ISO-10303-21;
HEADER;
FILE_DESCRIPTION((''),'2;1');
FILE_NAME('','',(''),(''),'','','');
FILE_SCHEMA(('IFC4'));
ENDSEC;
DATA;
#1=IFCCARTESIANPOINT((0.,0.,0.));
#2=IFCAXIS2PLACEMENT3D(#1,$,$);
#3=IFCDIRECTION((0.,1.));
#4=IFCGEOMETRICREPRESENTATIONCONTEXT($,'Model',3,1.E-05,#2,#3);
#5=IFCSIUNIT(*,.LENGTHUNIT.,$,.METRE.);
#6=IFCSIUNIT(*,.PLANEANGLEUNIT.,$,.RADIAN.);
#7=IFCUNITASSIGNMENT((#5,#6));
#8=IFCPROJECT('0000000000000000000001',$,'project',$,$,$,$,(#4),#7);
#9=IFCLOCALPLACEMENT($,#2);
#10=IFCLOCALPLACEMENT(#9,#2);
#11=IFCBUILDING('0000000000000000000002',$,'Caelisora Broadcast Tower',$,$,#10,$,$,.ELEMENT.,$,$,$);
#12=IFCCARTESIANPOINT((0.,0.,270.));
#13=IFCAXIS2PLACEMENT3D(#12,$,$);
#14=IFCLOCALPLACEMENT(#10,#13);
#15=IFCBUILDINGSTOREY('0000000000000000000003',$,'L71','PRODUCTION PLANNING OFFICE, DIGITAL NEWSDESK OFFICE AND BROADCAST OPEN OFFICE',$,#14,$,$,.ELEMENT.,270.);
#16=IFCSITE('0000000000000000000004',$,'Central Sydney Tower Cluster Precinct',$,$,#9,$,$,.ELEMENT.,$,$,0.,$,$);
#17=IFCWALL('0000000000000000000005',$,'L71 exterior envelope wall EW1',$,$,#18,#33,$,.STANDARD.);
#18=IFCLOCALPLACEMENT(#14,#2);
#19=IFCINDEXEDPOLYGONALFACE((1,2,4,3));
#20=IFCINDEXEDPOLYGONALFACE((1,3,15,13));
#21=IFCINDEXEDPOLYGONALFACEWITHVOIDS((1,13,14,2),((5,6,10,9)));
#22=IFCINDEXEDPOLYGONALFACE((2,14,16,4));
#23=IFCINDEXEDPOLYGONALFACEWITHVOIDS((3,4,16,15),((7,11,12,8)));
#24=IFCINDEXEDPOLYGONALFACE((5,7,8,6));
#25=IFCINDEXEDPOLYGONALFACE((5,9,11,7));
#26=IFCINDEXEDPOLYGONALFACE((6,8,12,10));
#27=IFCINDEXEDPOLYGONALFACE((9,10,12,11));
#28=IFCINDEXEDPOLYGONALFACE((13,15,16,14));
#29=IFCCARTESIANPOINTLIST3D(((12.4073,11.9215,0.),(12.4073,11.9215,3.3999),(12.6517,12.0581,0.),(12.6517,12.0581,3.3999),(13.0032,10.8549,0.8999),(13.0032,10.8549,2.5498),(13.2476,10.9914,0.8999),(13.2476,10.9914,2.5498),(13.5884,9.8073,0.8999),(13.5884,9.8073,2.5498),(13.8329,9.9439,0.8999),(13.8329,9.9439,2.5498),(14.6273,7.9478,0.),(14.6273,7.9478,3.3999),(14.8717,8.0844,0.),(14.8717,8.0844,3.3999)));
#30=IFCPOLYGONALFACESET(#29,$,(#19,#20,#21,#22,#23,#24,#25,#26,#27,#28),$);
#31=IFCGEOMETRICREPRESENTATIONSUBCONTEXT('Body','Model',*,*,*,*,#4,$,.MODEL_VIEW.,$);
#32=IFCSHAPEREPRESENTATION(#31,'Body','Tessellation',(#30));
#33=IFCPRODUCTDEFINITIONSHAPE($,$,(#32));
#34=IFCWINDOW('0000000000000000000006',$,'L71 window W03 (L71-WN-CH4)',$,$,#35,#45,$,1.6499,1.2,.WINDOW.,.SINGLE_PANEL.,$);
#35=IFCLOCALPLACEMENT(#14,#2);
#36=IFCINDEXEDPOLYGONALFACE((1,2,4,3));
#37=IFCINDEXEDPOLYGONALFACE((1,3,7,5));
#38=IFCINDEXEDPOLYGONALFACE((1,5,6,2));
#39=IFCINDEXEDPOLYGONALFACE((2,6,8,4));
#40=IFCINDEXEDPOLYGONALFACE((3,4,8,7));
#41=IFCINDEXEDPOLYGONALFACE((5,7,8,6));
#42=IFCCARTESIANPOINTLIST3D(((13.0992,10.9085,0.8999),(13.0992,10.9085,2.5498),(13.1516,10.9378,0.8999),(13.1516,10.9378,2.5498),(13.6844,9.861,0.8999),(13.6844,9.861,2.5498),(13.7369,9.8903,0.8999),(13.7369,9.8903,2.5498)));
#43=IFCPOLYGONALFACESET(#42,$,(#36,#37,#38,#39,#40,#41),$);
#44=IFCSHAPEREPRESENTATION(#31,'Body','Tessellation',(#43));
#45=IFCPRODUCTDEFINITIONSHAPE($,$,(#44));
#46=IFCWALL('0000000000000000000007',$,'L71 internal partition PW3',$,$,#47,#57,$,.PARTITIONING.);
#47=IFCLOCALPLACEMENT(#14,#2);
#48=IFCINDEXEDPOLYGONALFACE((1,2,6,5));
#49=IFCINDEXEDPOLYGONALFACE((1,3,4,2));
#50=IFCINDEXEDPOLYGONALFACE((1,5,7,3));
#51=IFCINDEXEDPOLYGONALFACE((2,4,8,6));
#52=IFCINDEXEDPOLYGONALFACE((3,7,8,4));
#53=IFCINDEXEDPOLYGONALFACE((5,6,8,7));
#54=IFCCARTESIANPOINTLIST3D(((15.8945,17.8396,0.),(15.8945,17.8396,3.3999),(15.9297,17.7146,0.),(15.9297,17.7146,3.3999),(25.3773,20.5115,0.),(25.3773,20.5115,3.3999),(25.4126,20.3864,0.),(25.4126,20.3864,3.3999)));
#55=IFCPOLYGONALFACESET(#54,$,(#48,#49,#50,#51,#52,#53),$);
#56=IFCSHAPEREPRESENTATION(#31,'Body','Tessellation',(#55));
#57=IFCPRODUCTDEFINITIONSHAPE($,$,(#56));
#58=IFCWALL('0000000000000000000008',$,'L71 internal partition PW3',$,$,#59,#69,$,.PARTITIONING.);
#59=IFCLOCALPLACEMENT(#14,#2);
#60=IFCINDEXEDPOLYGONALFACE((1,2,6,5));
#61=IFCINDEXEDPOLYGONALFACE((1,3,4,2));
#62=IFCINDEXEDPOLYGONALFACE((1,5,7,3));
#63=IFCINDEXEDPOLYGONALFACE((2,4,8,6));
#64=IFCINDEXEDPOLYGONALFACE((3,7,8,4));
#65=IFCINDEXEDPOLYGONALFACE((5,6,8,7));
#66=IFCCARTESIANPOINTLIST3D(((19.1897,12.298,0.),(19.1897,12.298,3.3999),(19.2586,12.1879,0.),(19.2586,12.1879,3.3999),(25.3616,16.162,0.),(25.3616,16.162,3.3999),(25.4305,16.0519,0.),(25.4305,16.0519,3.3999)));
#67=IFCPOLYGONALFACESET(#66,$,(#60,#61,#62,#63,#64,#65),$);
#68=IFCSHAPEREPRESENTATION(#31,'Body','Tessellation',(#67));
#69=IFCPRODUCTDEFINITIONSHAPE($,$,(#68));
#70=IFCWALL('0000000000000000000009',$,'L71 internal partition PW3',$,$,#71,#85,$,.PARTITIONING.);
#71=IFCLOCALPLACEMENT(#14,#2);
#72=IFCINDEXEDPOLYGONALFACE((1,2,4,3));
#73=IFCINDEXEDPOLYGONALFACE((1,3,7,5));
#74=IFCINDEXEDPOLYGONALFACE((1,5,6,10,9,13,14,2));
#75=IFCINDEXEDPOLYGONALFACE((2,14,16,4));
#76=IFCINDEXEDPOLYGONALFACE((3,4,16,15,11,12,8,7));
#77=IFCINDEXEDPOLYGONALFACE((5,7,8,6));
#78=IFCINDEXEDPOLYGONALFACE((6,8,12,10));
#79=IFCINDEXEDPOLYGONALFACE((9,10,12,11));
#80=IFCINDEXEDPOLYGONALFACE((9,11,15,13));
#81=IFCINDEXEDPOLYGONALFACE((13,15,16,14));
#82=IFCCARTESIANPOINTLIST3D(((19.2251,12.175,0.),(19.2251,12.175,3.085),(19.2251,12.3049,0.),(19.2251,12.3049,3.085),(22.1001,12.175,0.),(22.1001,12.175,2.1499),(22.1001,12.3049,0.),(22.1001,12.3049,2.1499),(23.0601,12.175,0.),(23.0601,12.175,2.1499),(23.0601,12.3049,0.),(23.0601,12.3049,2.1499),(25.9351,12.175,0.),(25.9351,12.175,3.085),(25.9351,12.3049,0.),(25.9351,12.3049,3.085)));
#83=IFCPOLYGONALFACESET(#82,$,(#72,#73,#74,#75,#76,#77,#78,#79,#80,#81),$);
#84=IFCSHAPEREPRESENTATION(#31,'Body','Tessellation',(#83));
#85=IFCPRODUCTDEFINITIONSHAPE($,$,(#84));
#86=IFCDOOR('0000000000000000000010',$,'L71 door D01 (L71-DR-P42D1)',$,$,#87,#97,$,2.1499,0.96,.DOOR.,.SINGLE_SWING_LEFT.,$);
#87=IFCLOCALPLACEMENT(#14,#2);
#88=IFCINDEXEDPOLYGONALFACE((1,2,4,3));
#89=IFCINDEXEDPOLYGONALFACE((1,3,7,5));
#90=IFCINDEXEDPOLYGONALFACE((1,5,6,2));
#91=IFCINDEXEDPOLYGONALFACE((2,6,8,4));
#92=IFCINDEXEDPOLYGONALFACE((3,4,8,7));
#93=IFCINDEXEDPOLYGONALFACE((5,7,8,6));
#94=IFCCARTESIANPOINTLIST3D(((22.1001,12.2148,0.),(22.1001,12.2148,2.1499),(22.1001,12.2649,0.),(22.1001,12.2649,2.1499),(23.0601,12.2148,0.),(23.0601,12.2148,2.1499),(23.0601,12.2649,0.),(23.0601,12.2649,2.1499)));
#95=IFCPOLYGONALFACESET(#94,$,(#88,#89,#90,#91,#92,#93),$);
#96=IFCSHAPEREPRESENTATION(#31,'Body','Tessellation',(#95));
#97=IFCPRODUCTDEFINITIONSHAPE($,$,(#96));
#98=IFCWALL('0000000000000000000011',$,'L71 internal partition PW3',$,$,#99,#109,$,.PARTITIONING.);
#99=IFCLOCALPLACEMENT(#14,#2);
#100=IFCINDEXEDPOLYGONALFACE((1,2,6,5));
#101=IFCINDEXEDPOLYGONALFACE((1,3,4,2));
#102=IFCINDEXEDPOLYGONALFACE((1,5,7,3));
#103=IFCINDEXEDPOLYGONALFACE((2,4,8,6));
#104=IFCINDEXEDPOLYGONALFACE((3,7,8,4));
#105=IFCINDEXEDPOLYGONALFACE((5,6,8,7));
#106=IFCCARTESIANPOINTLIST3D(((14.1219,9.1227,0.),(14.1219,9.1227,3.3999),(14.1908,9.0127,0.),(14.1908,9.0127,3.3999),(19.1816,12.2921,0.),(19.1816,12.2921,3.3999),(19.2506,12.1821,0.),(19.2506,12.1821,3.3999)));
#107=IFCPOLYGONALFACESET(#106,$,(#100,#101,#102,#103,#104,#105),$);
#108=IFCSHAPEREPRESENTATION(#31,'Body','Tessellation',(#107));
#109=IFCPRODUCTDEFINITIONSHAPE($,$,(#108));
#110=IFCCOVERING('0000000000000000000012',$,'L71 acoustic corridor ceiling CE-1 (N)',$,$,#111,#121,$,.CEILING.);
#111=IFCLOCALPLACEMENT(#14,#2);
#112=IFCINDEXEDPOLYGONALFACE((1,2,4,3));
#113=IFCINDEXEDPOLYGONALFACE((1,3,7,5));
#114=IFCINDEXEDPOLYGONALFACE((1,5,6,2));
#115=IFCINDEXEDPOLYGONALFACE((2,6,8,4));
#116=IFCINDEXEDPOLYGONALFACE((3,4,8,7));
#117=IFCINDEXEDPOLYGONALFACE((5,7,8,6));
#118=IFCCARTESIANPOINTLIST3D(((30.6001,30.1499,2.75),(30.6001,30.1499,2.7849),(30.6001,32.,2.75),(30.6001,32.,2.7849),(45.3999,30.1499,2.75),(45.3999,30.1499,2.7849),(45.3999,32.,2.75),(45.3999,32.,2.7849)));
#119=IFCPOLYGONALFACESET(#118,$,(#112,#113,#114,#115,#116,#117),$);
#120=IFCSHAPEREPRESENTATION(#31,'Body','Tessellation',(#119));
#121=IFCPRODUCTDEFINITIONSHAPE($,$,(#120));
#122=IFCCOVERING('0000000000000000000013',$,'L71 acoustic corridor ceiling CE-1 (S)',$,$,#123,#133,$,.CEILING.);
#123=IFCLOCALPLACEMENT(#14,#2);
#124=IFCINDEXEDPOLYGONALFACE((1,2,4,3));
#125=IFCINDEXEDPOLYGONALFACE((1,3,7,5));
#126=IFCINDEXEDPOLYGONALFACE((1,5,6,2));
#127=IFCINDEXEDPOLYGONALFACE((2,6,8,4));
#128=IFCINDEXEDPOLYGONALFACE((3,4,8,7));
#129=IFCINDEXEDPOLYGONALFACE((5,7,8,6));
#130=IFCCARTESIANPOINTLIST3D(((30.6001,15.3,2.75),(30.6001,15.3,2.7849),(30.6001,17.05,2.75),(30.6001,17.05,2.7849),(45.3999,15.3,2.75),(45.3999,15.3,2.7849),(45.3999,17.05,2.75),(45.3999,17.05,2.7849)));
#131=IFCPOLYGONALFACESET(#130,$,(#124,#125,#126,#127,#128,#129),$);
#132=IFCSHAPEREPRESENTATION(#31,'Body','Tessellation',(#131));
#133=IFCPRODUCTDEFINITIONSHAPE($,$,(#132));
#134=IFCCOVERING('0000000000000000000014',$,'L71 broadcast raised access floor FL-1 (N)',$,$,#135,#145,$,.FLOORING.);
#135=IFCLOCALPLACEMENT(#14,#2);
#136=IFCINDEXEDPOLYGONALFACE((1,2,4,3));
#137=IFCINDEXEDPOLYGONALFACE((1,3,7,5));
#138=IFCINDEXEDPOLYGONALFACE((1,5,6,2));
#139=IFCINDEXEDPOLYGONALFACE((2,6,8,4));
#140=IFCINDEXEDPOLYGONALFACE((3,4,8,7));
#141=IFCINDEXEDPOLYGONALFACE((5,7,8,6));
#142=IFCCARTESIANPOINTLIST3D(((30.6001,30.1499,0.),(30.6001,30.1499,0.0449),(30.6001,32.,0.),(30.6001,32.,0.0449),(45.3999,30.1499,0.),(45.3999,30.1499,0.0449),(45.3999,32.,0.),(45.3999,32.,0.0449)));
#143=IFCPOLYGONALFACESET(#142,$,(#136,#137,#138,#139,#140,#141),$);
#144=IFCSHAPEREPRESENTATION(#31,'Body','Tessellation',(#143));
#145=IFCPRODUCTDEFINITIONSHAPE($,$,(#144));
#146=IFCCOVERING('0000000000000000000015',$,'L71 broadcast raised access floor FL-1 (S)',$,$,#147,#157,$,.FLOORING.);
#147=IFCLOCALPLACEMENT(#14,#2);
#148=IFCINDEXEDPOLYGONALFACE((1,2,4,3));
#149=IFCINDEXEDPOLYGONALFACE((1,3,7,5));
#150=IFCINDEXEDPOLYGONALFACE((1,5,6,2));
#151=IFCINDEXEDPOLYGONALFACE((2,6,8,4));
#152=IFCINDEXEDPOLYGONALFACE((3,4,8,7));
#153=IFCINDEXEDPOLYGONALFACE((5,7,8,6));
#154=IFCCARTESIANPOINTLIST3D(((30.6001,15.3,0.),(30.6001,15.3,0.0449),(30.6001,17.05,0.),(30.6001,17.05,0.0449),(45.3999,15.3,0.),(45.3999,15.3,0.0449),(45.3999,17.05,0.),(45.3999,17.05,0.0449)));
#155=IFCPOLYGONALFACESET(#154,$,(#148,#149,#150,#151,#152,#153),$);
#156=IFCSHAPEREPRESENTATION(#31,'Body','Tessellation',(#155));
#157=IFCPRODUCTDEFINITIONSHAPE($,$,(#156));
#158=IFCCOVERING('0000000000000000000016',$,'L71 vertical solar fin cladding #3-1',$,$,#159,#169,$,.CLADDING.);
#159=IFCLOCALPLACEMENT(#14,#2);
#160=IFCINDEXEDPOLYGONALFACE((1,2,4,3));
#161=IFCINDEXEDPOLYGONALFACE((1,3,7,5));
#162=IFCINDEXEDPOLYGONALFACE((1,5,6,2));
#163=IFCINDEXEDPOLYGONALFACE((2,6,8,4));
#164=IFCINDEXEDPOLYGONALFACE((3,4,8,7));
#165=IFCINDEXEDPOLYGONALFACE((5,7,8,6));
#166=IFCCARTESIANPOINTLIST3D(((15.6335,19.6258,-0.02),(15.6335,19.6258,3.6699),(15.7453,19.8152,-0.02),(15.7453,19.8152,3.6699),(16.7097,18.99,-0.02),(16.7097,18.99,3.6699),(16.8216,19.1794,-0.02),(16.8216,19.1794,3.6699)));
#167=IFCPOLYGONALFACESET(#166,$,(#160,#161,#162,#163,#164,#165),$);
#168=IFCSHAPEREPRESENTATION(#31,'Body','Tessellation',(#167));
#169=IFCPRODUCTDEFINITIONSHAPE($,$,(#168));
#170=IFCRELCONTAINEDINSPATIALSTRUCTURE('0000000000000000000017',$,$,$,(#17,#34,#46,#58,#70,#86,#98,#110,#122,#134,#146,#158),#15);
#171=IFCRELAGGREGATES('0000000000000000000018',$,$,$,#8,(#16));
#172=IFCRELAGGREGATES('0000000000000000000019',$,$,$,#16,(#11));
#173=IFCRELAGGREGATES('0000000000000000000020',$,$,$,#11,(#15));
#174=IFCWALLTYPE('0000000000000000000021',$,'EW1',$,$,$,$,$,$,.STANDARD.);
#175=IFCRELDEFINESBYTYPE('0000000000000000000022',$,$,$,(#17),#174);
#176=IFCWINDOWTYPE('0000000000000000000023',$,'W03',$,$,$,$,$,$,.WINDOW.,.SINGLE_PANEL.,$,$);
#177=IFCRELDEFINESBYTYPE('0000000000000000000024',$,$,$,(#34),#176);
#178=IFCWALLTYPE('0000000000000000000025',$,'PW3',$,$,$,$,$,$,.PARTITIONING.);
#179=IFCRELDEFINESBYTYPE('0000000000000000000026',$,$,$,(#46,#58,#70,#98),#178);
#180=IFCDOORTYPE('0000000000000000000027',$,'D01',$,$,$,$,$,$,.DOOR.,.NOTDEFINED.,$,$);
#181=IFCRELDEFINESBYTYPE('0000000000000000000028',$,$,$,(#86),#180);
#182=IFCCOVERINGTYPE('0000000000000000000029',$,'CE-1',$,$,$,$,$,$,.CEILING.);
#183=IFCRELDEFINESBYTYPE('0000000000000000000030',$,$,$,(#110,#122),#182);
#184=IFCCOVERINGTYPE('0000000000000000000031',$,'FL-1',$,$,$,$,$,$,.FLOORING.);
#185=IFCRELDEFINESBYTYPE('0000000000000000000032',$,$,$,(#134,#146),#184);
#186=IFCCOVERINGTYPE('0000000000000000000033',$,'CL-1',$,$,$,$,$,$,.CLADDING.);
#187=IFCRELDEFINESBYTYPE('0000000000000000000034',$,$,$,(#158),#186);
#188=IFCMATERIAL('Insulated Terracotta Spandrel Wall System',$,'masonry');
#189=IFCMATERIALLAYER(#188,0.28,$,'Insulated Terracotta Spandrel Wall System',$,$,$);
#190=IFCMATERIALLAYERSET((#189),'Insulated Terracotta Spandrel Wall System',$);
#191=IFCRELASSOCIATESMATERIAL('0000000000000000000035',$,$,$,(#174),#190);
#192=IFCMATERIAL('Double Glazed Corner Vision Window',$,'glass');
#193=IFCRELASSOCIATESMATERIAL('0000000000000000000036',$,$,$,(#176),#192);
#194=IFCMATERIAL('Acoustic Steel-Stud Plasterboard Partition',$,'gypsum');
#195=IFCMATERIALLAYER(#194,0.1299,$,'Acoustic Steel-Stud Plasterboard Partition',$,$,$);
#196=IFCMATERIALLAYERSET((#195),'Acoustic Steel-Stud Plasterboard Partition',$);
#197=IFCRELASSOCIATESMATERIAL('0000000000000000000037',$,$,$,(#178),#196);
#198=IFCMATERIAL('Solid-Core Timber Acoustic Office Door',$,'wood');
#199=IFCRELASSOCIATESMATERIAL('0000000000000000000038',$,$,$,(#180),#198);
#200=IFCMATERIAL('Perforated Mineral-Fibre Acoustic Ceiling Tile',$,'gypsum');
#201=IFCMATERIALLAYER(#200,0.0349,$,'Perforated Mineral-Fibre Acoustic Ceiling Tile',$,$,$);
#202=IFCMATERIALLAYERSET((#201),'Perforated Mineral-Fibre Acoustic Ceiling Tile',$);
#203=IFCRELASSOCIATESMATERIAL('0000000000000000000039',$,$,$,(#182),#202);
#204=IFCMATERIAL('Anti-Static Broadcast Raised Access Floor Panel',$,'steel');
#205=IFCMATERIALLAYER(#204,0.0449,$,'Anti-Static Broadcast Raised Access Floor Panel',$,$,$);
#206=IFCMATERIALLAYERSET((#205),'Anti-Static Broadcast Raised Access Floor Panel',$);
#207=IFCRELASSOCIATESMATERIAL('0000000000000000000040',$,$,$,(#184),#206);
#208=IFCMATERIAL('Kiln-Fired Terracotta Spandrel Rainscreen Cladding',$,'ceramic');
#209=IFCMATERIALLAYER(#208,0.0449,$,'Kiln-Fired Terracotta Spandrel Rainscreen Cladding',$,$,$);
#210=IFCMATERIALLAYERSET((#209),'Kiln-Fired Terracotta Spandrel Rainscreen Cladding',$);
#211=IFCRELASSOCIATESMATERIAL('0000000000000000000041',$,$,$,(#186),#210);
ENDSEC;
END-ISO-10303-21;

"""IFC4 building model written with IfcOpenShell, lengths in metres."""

from ifc_helpers import new_model, si_unit, direction, frame, frame_2d, origin, origin_2d, place, context, subcontext, project, spatial, polyline, rectangle, outline, extrude, source, transform, mapped, material, layer, layer_set, type_object, type_shapes, element, fill, save


model = new_model("IFC4")

# Units and contexts
model_context = context("Model", 3, precision=1e-05, world=origin(), true_north=direction((0.0, 1.0)))
body_context = subcontext(model_context, "Body", "Model", "MODEL_VIEW")
ifc_project = project(units=[si_unit("LENGTHUNIT", "METRE"), si_unit("PLANEANGLEUNIT", "RADIAN")], contexts=[model_context])

# Site, building, storey
site_placement = place(None, origin())
site = spatial("IfcSite", under=ifc_project, at=site_placement, Name="Central Sydney Tower Cluster Precinct", CompositionType="ELEMENT", RefElevation=0.0)
building_placement = place(site_placement, origin())
building = spatial("IfcBuilding", under=site, at=building_placement, Name="Caelisora Broadcast Tower", CompositionType="ELEMENT")
storey_placement = place(building_placement, frame((0.0, 0.0, 270.0)))
storey = spatial("IfcBuildingStorey", under=building, at=storey_placement, Name="L71", Description="PRODUCTION PLANNING OFFICE, DIGITAL NEWSDESK OFFICE AND BROADCAST OPEN OFFICE", CompositionType="ELEMENT", Elevation=270.0)

# Wall, opening, window
ifc_material_1 = material(Name="Insulated Terracotta Spandrel Wall System", Category="masonry")
ifc_layer_1 = layer(ifc_material_1, 0.28, Name="Insulated Terracotta Spandrel Wall System")
ifc_layer_set_1 = layer_set([ifc_layer_1], Name="Insulated Terracotta Spandrel Wall System")
wall_type_1 = type_object("IfcWallType", Name="EW1", PredefinedType="STANDARD", material=ifc_layer_set_1)
wall_1_placement = place(storey_placement, frame((14.7495, 8.0161, 0.0), z_axis=(0.0, 0.0, 1.0), x_axis=(-0.487723, 0.872999, 0.0)))
wall_1 = element("IfcWall", 1, at=wall_1_placement, inside=storey, type_object=wall_type_1, Name="L71 exterior envelope wall EW1", PredefinedType="STANDARD", context=body_context, shape_type="SweptSolid", body=[
    extrude(rectangle(XDim=4.5518, YDim=0.28, at=frame_2d((2.2759, 0.0))), origin(), (0.0, 0.0, 1.0), 3.3999),
])
opening_1_placement = place(wall_1_placement, frame((2.1299, 0.0, 0.8999)))
opening_1 = element("IfcOpeningElement", 2, at=opening_1_placement, cuts=wall_1, PredefinedType="OPENING", context=body_context, shape_type="SweptSolid", body=[
    extrude(rectangle(XDim=1.2, YDim=1.6499, at=frame_2d((0.6001, 0.825))), frame((0.0, 0.1521, 0.0), z_axis=(0.0, -1.0, 0.0), x_axis=(1.0, 0.0, 0.0)), (0.0, 0.0, 1.0), 0.304),
])
ifc_material_2 = material(Name="Double Glazed Corner Vision Window", Category="glass")
window_type = type_object("IfcWindowType", Name="W03", PartitioningType="SINGLE_PANEL", PredefinedType="WINDOW", material=ifc_material_2)
window_placement = place(opening_1_placement, origin())
window = element("IfcWindow", 3, at=window_placement, inside=storey, type_object=window_type, Name="L71 window W03 (L71-WN-CH4)", OverallHeight=1.6499, OverallWidth=1.2, PartitioningType="SINGLE_PANEL", PredefinedType="WINDOW", context=body_context, shape_type="SweptSolid", body=[
    extrude(rectangle(XDim=1.2, YDim=1.6499, at=frame_2d((0.6001, 0.825))), frame((0.0, 0.03, 0.0), z_axis=(0.0, -1.0, 0.0), x_axis=(1.0, 0.0, 0.0)), (0.0, 0.0, 1.0), 0.0601),
])
fill(opening_1, window)

# Walls
ifc_material_3 = material(Name="Acoustic Steel-Stud Plasterboard Partition", Category="gypsum")
ifc_layer_2 = layer(ifc_material_3, 0.1299, Name="Acoustic Steel-Stud Plasterboard Partition")
ifc_layer_set_2 = layer_set([ifc_layer_2], Name="Acoustic Steel-Stud Plasterboard Partition")
wall_type_2 = type_object("IfcWallType", Name="PW3", PredefinedType="PARTITIONING", material=ifc_layer_set_2)
wall_2_placement = place(storey_placement, frame((15.9121, 17.7771, 0.0), z_axis=(0.0, 0.0, 1.0), x_axis=(0.962524, 0.271198, 0.0)))
element("IfcWall", 4, at=wall_2_placement, inside=storey, type_object=wall_type_2, Name="L71 internal partition PW3", PredefinedType="PARTITIONING", context=body_context, shape_type="SweptSolid", body=[
    extrude(rectangle(XDim=9.8521, YDim=0.1299, at=frame_2d((4.926, 0.0))), origin(), (0.0, 0.0, 1.0), 3.3999),
])
wall_3_placement = place(storey_placement, frame((19.2241, 12.2429, 0.0), z_axis=(0.0, 0.0, 1.0), x_axis=(0.847591, 0.53065, 0.0)))
element("IfcWall", 5, at=wall_3_placement, inside=storey, type_object=wall_type_2, Name="L71 internal partition PW3", PredefinedType="PARTITIONING", context=body_context, shape_type="SweptSolid", body=[
    extrude(rectangle(XDim=7.2817, YDim=0.1299, at=frame_2d((3.6409, 0.0))), origin(), (0.0, 0.0, 1.0), 3.3999),
])

# Wall, opening, door
wall_4_placement = place(storey_placement, frame((19.2251, 12.24, 0.0), z_axis=(0.0, 0.0, 1.0), x_axis=(1.0, 0.0, 0.0)))
wall_4 = element("IfcWall", 6, at=wall_4_placement, inside=storey, type_object=wall_type_2, Name="L71 internal partition PW3", PredefinedType="PARTITIONING", context=body_context, shape_type="SweptSolid", body=[
    extrude(rectangle(XDim=6.71, YDim=0.1299, at=frame_2d((3.355, 0.0))), origin(), (0.0, 0.0, 1.0), 3.085),
])
opening_2_placement = place(wall_4_placement, frame((2.875, 0.0, 0.0)))
opening_2 = element("IfcOpeningElement", 7, at=opening_2_placement, cuts=wall_4, PredefinedType="OPENING", context=body_context, shape_type="SweptSolid", body=[
    extrude(rectangle(XDim=0.96, YDim=2.1499, at=frame_2d((0.48, 1.075))), frame((0.0, 0.0769, 0.0), z_axis=(0.0, -1.0, 0.0), x_axis=(1.0, 0.0, 0.0)), (0.0, 0.0, 1.0), 0.1538),
])
ifc_material_4 = material(Name="Solid-Core Timber Acoustic Office Door", Category="wood")
door_type = type_object("IfcDoorType", Name="D01", OperationType="NOTDEFINED", PredefinedType="DOOR", material=ifc_material_4)
door_placement = place(opening_2_placement, origin())
door = element("IfcDoor", 8, at=door_placement, inside=storey, type_object=door_type, Name="L71 door D01 (L71-DR-P42D1)", OperationType="SINGLE_SWING_LEFT", OverallHeight=2.1499, OverallWidth=0.96, PredefinedType="DOOR", context=body_context, shape_type="SweptSolid", body=[
    extrude(rectangle(XDim=0.96, YDim=2.1499, at=frame_2d((0.48, 1.075))), frame((0.0, 0.0249, 0.0), z_axis=(0.0, -1.0, 0.0), x_axis=(1.0, 0.0, 0.0)), (0.0, 0.0, 1.0), 0.05),
])
fill(opening_2, door)

# Wall
wall_5_placement = place(storey_placement, frame((14.1562, 9.0676, 0.0), z_axis=(0.0, 0.0, 1.0), x_axis=(0.847467, 0.530848, 0.0)))
element("IfcWall", 9, at=wall_5_placement, inside=storey, type_object=wall_type_2, Name="L71 internal partition PW3", PredefinedType="PARTITIONING", context=body_context, shape_type="SweptSolid", body=[
    extrude(rectangle(XDim=5.9705, YDim=0.1299, at=frame_2d((2.9854, 0.0))), origin(), (0.0, 0.0, 1.0), 3.3999),
])

# Coverings
ifc_material_5 = material(Name="Perforated Mineral-Fibre Acoustic Ceiling Tile", Category="gypsum")
ifc_layer_3 = layer(ifc_material_5, 0.0349, Name="Perforated Mineral-Fibre Acoustic Ceiling Tile")
ifc_layer_set_3 = layer_set([ifc_layer_3], Name="Perforated Mineral-Fibre Acoustic Ceiling Tile")
covering_type_1 = type_object("IfcCoveringType", Name="CE-1", PredefinedType="CEILING", material=ifc_layer_set_3)
covering_1_placement = place(storey_placement, frame((0.0, 0.0, 2.75)))
element("IfcCovering", 10, at=covering_1_placement, inside=storey, type_object=covering_type_1, Name="L71 acoustic corridor ceiling CE-1 (N)", PredefinedType="CEILING", context=body_context, shape_type="SweptSolid", body=[
    extrude(outline(polyline([(30.6001, 30.1499), (45.3999, 30.1499), (45.3999, 32.0), (30.6001, 32.0), (30.6001, 30.1499)])), origin(), (0.0, 0.0, 1.0), 0.0349),
])
covering_2_placement = place(storey_placement, frame((0.0, 0.0, 2.75)))
element("IfcCovering", 11, at=covering_2_placement, inside=storey, type_object=covering_type_1, Name="L71 acoustic corridor ceiling CE-1 (S)", PredefinedType="CEILING", context=body_context, shape_type="SweptSolid", body=[
    extrude(outline(polyline([(30.6001, 15.3), (45.3999, 15.3), (45.3999, 17.05), (30.6001, 17.05), (30.6001, 15.3)])), origin(), (0.0, 0.0, 1.0), 0.0349),
])
ifc_material_6 = material(Name="Anti-Static Broadcast Raised Access Floor Panel", Category="steel")
ifc_layer_4 = layer(ifc_material_6, 0.0449, Name="Anti-Static Broadcast Raised Access Floor Panel")
ifc_layer_set_4 = layer_set([ifc_layer_4], Name="Anti-Static Broadcast Raised Access Floor Panel")
covering_type_2 = type_object("IfcCoveringType", Name="FL-1", PredefinedType="FLOORING", material=ifc_layer_set_4)
covering_3_placement = place(storey_placement, origin())
element("IfcCovering", 12, at=covering_3_placement, inside=storey, type_object=covering_type_2, Name="L71 broadcast raised access floor FL-1 (N)", PredefinedType="FLOORING", context=body_context, shape_type="SweptSolid", body=[
    extrude(outline(polyline([(30.6001, 30.1499), (45.3999, 30.1499), (45.3999, 32.0), (30.6001, 32.0), (30.6001, 30.1499)])), origin(), (0.0, 0.0, 1.0), 0.0449),
])
covering_4_placement = place(storey_placement, origin())
element("IfcCovering", 13, at=covering_4_placement, inside=storey, type_object=covering_type_2, Name="L71 broadcast raised access floor FL-1 (S)", PredefinedType="FLOORING", context=body_context, shape_type="SweptSolid", body=[
    extrude(outline(polyline([(30.6001, 15.3), (45.3999, 15.3), (45.3999, 17.05), (30.6001, 17.05), (30.6001, 15.3)])), origin(), (0.0, 0.0, 1.0), 0.0449),
])
ifc_material_7 = material(Name="Kiln-Fired Terracotta Spandrel Rainscreen Cladding", Category="ceramic")
ifc_layer_5 = layer(ifc_material_7, 0.0449, Name="Kiln-Fired Terracotta Spandrel Rainscreen Cladding")
ifc_layer_set_5 = layer_set([ifc_layer_5], Name="Kiln-Fired Terracotta Spandrel Rainscreen Cladding")
covering_type_3 = type_object("IfcCoveringType", Name="CL-1", PredefinedType="CLADDING", material=ifc_layer_set_5)
shared_shape_1 = source(origin(), body_context, "Body", "SweptSolid", [
    extrude(rectangle(XDim=0.22, YDim=1.25, at=origin_2d()), origin(), (0.0, 0.0, 1.0), 3.6899),
])
type_shapes(covering_type_3, [shared_shape_1])
covering_5_placement = place(storey_placement, frame((16.2275, 19.4026, -0.02), z_axis=(0.0, 0.0, 1.0), x_axis=(0.508591, 0.861008, 0.0)))
element("IfcCovering", 14, at=covering_5_placement, inside=storey, type_object=covering_type_3, Name="L71 vertical solar fin cladding #3-1", PredefinedType="CLADDING", context=body_context, shape_type="MappedRepresentation", body=[
    mapped(shared_shape_1, transform((0.0, 0.0, 0.0), scale=1.0)),
])

save(model, "model.ifc")
